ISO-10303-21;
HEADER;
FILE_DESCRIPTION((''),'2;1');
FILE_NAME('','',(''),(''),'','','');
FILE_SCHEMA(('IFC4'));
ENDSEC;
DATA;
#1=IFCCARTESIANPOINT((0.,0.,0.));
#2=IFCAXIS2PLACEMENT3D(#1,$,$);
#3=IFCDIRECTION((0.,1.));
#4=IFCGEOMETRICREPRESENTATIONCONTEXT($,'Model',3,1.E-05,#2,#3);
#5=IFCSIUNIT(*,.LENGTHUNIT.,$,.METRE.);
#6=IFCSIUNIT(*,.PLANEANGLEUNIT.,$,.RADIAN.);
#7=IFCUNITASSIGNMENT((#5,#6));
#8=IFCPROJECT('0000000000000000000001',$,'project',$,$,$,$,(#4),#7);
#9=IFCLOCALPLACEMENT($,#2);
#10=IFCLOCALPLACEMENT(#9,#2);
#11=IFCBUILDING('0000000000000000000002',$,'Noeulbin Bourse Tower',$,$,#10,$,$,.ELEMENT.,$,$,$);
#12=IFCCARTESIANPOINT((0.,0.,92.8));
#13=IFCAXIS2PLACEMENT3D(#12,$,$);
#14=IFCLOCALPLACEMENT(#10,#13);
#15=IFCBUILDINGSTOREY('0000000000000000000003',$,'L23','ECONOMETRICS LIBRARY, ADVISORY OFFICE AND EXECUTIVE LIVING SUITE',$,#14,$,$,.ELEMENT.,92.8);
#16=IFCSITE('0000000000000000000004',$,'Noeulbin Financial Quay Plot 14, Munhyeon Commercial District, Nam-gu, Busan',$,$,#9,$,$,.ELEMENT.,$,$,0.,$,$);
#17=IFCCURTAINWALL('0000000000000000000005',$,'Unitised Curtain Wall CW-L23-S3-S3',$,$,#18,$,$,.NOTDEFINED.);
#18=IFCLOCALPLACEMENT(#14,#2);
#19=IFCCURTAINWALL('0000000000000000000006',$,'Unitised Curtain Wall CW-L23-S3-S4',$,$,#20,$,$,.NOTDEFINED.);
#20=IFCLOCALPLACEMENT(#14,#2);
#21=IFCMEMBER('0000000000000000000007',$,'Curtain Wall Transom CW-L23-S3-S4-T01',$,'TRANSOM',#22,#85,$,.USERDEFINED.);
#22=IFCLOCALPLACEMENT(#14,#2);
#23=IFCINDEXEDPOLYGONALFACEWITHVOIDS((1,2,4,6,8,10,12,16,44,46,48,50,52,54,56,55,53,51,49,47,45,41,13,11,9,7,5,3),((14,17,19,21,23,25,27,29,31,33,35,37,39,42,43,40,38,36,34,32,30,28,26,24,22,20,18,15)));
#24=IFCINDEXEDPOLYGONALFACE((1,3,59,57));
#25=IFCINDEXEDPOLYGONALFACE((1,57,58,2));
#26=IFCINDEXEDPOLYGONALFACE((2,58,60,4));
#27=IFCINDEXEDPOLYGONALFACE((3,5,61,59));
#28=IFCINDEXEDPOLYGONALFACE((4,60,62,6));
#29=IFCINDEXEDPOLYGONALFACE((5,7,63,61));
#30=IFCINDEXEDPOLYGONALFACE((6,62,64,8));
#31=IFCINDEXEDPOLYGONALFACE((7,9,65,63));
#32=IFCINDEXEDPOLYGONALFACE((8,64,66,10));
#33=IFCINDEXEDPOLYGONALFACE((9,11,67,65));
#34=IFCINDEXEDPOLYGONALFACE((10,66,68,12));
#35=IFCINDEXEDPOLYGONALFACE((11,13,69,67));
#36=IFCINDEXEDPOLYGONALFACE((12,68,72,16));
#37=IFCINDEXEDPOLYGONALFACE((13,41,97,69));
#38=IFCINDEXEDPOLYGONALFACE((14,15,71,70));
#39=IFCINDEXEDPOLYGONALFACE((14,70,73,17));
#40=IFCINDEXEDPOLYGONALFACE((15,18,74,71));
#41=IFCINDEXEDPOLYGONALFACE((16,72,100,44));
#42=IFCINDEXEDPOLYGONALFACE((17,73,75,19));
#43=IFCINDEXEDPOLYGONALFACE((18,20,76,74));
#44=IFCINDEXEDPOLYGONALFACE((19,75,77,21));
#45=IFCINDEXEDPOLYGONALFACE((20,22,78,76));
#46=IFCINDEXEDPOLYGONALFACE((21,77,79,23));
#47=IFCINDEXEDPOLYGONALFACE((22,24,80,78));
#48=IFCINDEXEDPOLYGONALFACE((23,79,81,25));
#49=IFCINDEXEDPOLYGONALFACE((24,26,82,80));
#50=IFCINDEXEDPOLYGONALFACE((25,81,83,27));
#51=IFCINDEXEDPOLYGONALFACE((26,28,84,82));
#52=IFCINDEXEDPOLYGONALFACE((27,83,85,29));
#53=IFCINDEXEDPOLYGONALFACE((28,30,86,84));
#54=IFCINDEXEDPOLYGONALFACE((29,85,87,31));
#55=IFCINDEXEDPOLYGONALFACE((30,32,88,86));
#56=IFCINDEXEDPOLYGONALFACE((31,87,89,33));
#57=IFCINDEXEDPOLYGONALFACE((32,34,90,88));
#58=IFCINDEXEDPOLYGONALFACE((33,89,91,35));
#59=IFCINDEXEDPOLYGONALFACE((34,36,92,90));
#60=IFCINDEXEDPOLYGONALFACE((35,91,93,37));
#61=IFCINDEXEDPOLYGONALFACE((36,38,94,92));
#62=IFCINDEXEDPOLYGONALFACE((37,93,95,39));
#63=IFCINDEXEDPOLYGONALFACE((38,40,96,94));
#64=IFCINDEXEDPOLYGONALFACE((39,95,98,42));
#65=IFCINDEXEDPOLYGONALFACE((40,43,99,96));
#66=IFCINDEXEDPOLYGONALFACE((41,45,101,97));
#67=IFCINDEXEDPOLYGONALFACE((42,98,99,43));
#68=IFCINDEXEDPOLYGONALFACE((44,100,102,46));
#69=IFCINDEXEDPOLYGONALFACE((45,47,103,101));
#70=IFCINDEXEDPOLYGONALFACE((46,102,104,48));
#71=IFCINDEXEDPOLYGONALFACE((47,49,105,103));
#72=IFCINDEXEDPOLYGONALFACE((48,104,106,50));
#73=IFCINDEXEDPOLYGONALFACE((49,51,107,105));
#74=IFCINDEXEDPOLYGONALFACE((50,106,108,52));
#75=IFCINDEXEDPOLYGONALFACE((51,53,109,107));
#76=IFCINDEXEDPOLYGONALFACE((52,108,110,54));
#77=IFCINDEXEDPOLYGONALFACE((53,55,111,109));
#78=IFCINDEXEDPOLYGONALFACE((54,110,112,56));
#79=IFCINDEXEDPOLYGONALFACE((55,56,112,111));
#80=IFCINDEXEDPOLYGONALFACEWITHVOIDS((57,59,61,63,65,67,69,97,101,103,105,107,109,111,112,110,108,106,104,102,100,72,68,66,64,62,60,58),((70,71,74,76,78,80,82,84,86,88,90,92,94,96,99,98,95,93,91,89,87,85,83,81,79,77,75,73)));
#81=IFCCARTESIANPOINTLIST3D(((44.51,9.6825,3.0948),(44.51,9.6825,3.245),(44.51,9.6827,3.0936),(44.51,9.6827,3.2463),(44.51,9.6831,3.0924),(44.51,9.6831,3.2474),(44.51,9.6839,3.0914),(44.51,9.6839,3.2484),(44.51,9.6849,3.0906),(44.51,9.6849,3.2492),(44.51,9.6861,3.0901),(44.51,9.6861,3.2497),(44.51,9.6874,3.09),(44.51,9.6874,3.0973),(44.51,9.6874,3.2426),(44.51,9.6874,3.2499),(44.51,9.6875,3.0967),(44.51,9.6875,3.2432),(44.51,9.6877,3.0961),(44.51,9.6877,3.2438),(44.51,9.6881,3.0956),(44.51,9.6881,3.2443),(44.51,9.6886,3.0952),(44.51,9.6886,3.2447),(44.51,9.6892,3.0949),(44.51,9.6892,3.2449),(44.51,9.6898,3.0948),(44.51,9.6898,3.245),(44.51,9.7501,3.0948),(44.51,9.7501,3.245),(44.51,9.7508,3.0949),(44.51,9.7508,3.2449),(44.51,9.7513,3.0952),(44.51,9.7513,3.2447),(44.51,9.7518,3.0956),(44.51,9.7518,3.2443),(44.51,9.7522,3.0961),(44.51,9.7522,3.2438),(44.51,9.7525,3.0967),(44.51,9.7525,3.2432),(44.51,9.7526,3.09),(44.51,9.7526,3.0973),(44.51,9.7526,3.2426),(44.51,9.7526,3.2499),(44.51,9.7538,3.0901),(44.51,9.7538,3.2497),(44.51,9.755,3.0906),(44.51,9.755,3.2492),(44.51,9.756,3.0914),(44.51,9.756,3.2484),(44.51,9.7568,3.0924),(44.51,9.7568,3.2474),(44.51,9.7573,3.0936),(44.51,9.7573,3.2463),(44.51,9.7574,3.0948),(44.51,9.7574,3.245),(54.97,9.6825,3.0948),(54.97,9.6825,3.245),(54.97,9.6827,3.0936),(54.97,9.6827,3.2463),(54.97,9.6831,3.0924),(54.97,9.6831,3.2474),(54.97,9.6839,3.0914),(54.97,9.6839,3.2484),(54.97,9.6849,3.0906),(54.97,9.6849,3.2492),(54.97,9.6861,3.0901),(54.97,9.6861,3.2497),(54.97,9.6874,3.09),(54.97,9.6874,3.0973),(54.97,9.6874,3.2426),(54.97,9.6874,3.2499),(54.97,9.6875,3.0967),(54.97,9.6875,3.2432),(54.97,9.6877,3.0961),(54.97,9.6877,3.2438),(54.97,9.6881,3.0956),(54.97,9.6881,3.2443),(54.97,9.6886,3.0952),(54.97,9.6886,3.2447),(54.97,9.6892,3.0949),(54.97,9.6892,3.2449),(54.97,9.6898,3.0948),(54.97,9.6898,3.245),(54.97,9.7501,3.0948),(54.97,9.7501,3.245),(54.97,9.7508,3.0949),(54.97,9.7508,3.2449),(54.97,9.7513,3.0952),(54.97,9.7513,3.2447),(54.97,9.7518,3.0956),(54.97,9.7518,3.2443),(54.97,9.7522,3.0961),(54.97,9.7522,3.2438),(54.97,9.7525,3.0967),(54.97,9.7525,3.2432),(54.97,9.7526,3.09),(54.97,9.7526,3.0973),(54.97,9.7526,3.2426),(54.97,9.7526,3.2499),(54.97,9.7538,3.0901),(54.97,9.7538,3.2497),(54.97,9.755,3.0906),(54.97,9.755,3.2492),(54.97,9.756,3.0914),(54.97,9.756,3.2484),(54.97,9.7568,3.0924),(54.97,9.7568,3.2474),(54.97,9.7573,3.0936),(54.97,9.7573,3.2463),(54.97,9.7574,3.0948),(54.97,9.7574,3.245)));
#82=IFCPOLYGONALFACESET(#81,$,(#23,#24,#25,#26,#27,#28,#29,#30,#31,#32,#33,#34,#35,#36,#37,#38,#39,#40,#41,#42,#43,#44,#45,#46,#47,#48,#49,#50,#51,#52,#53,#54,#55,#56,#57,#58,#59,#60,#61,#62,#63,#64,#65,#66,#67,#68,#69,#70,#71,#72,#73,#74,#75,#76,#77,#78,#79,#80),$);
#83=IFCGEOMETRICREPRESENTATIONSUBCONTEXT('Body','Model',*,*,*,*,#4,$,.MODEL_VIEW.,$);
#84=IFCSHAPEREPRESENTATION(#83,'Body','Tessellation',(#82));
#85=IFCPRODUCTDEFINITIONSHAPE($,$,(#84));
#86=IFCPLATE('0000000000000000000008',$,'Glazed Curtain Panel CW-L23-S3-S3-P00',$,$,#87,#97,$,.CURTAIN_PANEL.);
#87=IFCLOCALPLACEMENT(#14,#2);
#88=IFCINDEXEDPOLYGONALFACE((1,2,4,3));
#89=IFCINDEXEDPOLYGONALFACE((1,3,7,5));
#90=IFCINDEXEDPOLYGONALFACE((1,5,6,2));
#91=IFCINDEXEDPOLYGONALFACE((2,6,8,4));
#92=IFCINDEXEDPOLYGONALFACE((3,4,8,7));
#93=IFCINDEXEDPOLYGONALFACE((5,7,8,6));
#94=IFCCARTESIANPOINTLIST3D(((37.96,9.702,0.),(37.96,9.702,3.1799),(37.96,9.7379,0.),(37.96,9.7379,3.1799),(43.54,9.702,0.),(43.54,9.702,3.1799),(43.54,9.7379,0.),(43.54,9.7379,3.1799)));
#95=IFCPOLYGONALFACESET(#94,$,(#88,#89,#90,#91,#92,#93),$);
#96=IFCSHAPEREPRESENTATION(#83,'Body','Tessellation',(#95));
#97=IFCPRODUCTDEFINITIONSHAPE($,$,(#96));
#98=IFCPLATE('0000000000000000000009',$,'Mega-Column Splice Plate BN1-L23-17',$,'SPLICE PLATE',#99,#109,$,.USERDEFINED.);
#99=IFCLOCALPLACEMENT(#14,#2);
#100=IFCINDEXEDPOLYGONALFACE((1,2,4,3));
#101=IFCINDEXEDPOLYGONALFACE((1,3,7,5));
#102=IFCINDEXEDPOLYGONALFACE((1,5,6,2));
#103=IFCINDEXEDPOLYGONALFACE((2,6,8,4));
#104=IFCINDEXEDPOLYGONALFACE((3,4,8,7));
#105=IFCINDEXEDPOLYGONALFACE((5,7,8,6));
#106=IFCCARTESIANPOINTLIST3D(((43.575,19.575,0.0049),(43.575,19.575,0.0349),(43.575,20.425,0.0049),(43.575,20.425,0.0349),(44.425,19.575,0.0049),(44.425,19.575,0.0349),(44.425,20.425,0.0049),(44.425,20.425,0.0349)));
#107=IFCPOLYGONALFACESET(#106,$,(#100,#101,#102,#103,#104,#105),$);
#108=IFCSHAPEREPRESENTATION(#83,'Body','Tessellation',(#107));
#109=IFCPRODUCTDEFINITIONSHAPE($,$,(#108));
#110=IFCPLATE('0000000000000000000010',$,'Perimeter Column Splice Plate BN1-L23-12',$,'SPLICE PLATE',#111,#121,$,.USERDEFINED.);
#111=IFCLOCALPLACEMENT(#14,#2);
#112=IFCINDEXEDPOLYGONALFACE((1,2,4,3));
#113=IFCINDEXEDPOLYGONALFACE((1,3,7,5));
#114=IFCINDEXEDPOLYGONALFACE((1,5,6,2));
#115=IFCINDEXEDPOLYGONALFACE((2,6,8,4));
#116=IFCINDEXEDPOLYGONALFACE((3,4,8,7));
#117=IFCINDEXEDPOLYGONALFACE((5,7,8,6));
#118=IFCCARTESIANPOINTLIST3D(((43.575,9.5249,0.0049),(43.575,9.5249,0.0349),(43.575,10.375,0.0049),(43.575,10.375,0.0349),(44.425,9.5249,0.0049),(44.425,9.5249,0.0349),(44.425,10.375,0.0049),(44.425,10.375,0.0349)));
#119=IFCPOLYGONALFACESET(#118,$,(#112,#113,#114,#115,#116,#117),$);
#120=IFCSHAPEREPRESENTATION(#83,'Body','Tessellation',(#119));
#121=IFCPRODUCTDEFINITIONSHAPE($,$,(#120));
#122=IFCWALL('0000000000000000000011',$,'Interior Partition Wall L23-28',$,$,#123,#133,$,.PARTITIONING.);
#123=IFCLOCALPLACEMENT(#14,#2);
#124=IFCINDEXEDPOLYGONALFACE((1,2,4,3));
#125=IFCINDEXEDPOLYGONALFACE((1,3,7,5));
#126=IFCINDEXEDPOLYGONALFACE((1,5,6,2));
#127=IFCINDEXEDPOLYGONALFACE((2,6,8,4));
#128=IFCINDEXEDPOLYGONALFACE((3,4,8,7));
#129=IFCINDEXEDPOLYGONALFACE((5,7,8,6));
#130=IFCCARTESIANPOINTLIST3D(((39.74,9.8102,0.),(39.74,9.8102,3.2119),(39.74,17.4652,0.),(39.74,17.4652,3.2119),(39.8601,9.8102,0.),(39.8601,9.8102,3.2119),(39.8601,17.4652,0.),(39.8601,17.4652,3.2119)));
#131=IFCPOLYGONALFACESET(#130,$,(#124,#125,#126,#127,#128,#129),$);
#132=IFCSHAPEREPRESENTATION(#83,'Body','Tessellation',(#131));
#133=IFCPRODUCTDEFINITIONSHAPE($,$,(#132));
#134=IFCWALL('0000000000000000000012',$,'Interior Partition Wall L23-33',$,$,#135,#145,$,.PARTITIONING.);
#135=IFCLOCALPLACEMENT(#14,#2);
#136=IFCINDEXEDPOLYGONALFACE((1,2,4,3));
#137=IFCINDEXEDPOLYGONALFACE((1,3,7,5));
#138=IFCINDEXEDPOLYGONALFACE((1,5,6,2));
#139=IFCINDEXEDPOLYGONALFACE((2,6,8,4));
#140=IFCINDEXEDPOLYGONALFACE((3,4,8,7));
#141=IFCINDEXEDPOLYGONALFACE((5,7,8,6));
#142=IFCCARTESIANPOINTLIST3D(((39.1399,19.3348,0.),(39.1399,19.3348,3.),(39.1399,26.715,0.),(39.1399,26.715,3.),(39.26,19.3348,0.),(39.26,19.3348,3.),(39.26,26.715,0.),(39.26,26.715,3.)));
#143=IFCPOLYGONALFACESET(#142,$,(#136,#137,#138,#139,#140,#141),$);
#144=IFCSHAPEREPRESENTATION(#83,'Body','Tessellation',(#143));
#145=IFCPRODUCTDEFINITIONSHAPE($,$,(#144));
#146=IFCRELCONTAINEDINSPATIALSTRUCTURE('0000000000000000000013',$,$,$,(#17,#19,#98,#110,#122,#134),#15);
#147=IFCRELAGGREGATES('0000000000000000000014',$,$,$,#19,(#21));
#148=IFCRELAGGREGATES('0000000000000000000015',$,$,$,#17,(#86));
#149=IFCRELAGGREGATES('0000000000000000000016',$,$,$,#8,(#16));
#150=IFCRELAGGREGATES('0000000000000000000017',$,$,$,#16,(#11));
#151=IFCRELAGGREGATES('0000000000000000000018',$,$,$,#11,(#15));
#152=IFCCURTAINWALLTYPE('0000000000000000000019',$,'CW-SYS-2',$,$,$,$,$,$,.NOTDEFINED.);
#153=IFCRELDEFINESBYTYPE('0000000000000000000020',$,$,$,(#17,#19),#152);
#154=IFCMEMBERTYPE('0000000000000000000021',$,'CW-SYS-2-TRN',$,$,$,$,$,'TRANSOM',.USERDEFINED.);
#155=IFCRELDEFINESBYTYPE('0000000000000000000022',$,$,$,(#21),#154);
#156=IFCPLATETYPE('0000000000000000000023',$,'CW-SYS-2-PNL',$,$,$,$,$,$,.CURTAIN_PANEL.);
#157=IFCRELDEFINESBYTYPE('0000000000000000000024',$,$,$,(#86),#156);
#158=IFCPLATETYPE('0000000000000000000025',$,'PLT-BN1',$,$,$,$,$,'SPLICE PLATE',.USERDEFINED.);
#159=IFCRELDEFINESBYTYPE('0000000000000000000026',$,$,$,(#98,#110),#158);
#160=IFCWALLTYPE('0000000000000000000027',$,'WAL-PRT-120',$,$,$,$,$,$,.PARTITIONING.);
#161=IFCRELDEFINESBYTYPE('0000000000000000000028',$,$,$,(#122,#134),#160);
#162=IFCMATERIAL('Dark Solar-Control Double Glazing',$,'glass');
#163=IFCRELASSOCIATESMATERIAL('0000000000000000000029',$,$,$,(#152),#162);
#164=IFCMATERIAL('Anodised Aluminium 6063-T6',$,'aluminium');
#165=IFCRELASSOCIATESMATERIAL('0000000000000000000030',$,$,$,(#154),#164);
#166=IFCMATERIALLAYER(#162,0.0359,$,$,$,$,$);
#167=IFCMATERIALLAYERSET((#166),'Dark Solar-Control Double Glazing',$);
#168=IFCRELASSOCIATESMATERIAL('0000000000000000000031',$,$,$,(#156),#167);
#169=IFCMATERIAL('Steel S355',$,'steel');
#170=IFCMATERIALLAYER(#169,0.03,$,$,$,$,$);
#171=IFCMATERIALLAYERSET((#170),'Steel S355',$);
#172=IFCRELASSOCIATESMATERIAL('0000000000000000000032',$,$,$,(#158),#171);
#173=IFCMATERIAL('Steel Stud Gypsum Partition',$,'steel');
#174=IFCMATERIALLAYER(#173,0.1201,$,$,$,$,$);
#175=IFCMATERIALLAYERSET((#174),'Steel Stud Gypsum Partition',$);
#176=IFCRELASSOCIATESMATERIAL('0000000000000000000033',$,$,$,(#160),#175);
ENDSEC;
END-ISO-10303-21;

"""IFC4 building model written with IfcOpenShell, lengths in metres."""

from ifc_helpers import new_model, si_unit, direction, frame, frame_2d, origin, origin_2d, place, context, subcontext, project, spatial, rectangle, hollow_rectangle, extrude, material, layer, layer_set, material_profile, profile_set, type_object, element, aggregate, save


model = new_model("IFC4")

# Units and contexts
model_context = context("Model", 3, precision=1e-05, world=origin(), true_north=direction((0.0, 1.0)))
body_context = subcontext(model_context, "Body", "Model", "MODEL_VIEW")
ifc_project = project(units=[si_unit("LENGTHUNIT", "METRE"), si_unit("PLANEANGLEUNIT", "RADIAN")], contexts=[model_context])

# Site, building, storey
site_placement = place(None, origin())
site = spatial("IfcSite", under=ifc_project, at=site_placement, Name="Noeulbin Financial Quay Plot 14, Munhyeon Commercial District, Nam-gu, Busan", CompositionType="ELEMENT", RefElevation=0.0)
building_placement = place(site_placement, origin())
building = spatial("IfcBuilding", under=site, at=building_placement, Name="Noeulbin Bourse Tower", CompositionType="ELEMENT")
storey_placement = place(building_placement, frame((0.0, 0.0, 92.8)))
storey = spatial("IfcBuildingStorey", under=building, at=storey_placement, Name="L23", Description="ECONOMETRICS LIBRARY, ADVISORY OFFICE AND EXECUTIVE LIVING SUITE", CompositionType="ELEMENT", Elevation=92.8)

# Shared definitions
ifc_material_1 = material(Name="Steel S355", Category="steel")

# Curtain wall
ifc_material_2 = material(Name="Dark Solar-Control Double Glazing", Category="glass")
curtain_wall_type = type_object("IfcCurtainWallType", Name="CW-SYS-2", PredefinedType="NOTDEFINED", material=ifc_material_2)
curtain_wall_1_placement = place(storey_placement, origin())
curtain_wall_1 = element("IfcCurtainWall", 1, at=curtain_wall_1_placement, inside=storey, type_object=curtain_wall_type, Name="Unitised Curtain Wall CW-L23-S3-S3", PredefinedType="NOTDEFINED")
ifc_material_3 = material(Name="Anodised Aluminium 6063-T6", Category="aluminium")

# Curtain wall, member
curtain_wall_2_placement = place(storey_placement, origin())
curtain_wall_2 = element("IfcCurtainWall", 2, at=curtain_wall_2_placement, inside=storey, type_object=curtain_wall_type, Name="Unitised Curtain Wall CW-L23-S3-S4", PredefinedType="NOTDEFINED")
ifc_material_profile_1 = material_profile(ifc_material_3, hollow_rectangle(XDim=0.075, YDim=0.1599, WallThickness=0.0049, InnerFilletRadius=0.0024, OuterFilletRadius=0.0049, at=origin_2d()), Name="ALU-TRAN-75x160x5", Category="LoadBearing")
ifc_profile_set_1 = profile_set([ifc_material_profile_1], Name="Anodised Aluminium 6063-T6")
member_type_1 = type_object("IfcMemberType", Name="CW-SYS-2-TRN", ElementType="TRANSOM", PredefinedType="USERDEFINED", material=ifc_profile_set_1)
member_1_placement = place(storey_placement, frame((44.51, 9.72, 3.1699), z_axis=(1.0, 0.0, 0.0), x_axis=(0.0, 1.0, 0.0)))
member_1 = element("IfcMember", 3, at=member_1_placement, type_object=member_type_1, Name="Curtain Wall Transom CW-L23-S3-S4-T01", ObjectType="TRANSOM", PredefinedType="USERDEFINED", context=body_context, shape_type="SweptSolid", body=[
    extrude(hollow_rectangle(XDim=0.075, YDim=0.1599, WallThickness=0.0049, InnerFilletRadius=0.0024, OuterFilletRadius=0.0049, at=origin_2d()), origin(), (0.0, 0.0, 1.0), 10.46),
])
aggregate(curtain_wall_2, [member_1])

# Plate
ifc_layer_1 = layer(ifc_material_2, 0.0359)
ifc_layer_set_1 = layer_set([ifc_layer_1], Name="Dark Solar-Control Double Glazing")
plate_type_1 = type_object("IfcPlateType", Name="CW-SYS-2-PNL", PredefinedType="CURTAIN_PANEL", material=ifc_layer_set_1)
plate_placement = place(storey_placement, frame((40.75, 9.72, 0.0), z_axis=(0.0, 0.0, 1.0), x_axis=(1.0, 0.0, 0.0)))
plate = element("IfcPlate", 4, at=plate_placement, type_object=plate_type_1, Name="Glazed Curtain Panel CW-L23-S3-S3-P00", PredefinedType="CURTAIN_PANEL", context=body_context, shape_type="SweptSolid", body=[
    extrude(rectangle(XDim=5.5801, YDim=0.0359, at=origin_2d()), origin(), (0.0, 0.0, 1.0), 3.1799),
])
aggregate(curtain_wall_1, [plate])

# Plates
ifc_layer_2 = layer(ifc_material_1, 0.03)
ifc_layer_set_2 = layer_set([ifc_layer_2], Name="Steel S355")
plate_type_2 = type_object("IfcPlateType", Name="PLT-BN1", ElementType="SPLICE PLATE", PredefinedType="USERDEFINED", material=ifc_layer_set_2)
for number, where, z_axis, x_axis, name in (
    (5, (44.0, 20.0, 0.0049), (0.0, 0.0, 1.0), (1.0, 0.0, 0.0), "Mega-Column Splice Plate BN1-L23-17"),
    (6, (44.0, 9.95, 0.0049), (0.0, 0.0, 1.0), (1.0, 0.0, 0.0), "Perimeter Column Splice Plate BN1-L23-12"),
):
    element("IfcPlate", number, at=place(storey_placement, frame(where, z_axis=z_axis, x_axis=x_axis)), inside=storey, type_object=plate_type_2, Name=name, ObjectType="SPLICE PLATE", PredefinedType="USERDEFINED", context=body_context, shape_type="SweptSolid", body=[
        extrude(rectangle(XDim=0.8501, YDim=0.8501, at=origin_2d()), origin(), (0.0, 0.0, 1.0), 0.03),
    ])

# Walls
ifc_material_4 = material(Name="Steel Stud Gypsum Partition", Category="steel")
ifc_layer_3 = layer(ifc_material_4, 0.1201)
ifc_layer_set_3 = layer_set([ifc_layer_3], Name="Steel Stud Gypsum Partition")
wall_type = type_object("IfcWallType", Name="WAL-PRT-120", PredefinedType="PARTITIONING", material=ifc_layer_set_3)
wall_1_placement = place(storey_placement, frame((39.8, 9.8101, 0.0), z_axis=(0.0, 0.0, 1.0), x_axis=(0.0, 1.0, 0.0)))
element("IfcWall", 7, at=wall_1_placement, inside=storey, type_object=wall_type, Name="Interior Partition Wall L23-28", PredefinedType="PARTITIONING", context=body_context, shape_type="SweptSolid", body=[
    extrude(rectangle(XDim=7.655, YDim=0.1201, at=frame_2d((3.8276, 0.0))), origin(), (0.0, 0.0, 1.0), 3.2119),
])
wall_2_placement = place(storey_placement, frame((39.2, 19.335, 0.0), z_axis=(0.0, 0.0, 1.0), x_axis=(0.0, 1.0, 0.0)))
element("IfcWall", 8, at=wall_2_placement, inside=storey, type_object=wall_type, Name="Interior Partition Wall L23-33", PredefinedType="PARTITIONING", context=body_context, shape_type="SweptSolid", body=[
    extrude(rectangle(XDim=7.3801, YDim=0.1201, at=frame_2d((3.6899, 0.0))), origin(), (0.0, 0.0, 1.0), 3.0),
])

save(model, "model.ifc")
